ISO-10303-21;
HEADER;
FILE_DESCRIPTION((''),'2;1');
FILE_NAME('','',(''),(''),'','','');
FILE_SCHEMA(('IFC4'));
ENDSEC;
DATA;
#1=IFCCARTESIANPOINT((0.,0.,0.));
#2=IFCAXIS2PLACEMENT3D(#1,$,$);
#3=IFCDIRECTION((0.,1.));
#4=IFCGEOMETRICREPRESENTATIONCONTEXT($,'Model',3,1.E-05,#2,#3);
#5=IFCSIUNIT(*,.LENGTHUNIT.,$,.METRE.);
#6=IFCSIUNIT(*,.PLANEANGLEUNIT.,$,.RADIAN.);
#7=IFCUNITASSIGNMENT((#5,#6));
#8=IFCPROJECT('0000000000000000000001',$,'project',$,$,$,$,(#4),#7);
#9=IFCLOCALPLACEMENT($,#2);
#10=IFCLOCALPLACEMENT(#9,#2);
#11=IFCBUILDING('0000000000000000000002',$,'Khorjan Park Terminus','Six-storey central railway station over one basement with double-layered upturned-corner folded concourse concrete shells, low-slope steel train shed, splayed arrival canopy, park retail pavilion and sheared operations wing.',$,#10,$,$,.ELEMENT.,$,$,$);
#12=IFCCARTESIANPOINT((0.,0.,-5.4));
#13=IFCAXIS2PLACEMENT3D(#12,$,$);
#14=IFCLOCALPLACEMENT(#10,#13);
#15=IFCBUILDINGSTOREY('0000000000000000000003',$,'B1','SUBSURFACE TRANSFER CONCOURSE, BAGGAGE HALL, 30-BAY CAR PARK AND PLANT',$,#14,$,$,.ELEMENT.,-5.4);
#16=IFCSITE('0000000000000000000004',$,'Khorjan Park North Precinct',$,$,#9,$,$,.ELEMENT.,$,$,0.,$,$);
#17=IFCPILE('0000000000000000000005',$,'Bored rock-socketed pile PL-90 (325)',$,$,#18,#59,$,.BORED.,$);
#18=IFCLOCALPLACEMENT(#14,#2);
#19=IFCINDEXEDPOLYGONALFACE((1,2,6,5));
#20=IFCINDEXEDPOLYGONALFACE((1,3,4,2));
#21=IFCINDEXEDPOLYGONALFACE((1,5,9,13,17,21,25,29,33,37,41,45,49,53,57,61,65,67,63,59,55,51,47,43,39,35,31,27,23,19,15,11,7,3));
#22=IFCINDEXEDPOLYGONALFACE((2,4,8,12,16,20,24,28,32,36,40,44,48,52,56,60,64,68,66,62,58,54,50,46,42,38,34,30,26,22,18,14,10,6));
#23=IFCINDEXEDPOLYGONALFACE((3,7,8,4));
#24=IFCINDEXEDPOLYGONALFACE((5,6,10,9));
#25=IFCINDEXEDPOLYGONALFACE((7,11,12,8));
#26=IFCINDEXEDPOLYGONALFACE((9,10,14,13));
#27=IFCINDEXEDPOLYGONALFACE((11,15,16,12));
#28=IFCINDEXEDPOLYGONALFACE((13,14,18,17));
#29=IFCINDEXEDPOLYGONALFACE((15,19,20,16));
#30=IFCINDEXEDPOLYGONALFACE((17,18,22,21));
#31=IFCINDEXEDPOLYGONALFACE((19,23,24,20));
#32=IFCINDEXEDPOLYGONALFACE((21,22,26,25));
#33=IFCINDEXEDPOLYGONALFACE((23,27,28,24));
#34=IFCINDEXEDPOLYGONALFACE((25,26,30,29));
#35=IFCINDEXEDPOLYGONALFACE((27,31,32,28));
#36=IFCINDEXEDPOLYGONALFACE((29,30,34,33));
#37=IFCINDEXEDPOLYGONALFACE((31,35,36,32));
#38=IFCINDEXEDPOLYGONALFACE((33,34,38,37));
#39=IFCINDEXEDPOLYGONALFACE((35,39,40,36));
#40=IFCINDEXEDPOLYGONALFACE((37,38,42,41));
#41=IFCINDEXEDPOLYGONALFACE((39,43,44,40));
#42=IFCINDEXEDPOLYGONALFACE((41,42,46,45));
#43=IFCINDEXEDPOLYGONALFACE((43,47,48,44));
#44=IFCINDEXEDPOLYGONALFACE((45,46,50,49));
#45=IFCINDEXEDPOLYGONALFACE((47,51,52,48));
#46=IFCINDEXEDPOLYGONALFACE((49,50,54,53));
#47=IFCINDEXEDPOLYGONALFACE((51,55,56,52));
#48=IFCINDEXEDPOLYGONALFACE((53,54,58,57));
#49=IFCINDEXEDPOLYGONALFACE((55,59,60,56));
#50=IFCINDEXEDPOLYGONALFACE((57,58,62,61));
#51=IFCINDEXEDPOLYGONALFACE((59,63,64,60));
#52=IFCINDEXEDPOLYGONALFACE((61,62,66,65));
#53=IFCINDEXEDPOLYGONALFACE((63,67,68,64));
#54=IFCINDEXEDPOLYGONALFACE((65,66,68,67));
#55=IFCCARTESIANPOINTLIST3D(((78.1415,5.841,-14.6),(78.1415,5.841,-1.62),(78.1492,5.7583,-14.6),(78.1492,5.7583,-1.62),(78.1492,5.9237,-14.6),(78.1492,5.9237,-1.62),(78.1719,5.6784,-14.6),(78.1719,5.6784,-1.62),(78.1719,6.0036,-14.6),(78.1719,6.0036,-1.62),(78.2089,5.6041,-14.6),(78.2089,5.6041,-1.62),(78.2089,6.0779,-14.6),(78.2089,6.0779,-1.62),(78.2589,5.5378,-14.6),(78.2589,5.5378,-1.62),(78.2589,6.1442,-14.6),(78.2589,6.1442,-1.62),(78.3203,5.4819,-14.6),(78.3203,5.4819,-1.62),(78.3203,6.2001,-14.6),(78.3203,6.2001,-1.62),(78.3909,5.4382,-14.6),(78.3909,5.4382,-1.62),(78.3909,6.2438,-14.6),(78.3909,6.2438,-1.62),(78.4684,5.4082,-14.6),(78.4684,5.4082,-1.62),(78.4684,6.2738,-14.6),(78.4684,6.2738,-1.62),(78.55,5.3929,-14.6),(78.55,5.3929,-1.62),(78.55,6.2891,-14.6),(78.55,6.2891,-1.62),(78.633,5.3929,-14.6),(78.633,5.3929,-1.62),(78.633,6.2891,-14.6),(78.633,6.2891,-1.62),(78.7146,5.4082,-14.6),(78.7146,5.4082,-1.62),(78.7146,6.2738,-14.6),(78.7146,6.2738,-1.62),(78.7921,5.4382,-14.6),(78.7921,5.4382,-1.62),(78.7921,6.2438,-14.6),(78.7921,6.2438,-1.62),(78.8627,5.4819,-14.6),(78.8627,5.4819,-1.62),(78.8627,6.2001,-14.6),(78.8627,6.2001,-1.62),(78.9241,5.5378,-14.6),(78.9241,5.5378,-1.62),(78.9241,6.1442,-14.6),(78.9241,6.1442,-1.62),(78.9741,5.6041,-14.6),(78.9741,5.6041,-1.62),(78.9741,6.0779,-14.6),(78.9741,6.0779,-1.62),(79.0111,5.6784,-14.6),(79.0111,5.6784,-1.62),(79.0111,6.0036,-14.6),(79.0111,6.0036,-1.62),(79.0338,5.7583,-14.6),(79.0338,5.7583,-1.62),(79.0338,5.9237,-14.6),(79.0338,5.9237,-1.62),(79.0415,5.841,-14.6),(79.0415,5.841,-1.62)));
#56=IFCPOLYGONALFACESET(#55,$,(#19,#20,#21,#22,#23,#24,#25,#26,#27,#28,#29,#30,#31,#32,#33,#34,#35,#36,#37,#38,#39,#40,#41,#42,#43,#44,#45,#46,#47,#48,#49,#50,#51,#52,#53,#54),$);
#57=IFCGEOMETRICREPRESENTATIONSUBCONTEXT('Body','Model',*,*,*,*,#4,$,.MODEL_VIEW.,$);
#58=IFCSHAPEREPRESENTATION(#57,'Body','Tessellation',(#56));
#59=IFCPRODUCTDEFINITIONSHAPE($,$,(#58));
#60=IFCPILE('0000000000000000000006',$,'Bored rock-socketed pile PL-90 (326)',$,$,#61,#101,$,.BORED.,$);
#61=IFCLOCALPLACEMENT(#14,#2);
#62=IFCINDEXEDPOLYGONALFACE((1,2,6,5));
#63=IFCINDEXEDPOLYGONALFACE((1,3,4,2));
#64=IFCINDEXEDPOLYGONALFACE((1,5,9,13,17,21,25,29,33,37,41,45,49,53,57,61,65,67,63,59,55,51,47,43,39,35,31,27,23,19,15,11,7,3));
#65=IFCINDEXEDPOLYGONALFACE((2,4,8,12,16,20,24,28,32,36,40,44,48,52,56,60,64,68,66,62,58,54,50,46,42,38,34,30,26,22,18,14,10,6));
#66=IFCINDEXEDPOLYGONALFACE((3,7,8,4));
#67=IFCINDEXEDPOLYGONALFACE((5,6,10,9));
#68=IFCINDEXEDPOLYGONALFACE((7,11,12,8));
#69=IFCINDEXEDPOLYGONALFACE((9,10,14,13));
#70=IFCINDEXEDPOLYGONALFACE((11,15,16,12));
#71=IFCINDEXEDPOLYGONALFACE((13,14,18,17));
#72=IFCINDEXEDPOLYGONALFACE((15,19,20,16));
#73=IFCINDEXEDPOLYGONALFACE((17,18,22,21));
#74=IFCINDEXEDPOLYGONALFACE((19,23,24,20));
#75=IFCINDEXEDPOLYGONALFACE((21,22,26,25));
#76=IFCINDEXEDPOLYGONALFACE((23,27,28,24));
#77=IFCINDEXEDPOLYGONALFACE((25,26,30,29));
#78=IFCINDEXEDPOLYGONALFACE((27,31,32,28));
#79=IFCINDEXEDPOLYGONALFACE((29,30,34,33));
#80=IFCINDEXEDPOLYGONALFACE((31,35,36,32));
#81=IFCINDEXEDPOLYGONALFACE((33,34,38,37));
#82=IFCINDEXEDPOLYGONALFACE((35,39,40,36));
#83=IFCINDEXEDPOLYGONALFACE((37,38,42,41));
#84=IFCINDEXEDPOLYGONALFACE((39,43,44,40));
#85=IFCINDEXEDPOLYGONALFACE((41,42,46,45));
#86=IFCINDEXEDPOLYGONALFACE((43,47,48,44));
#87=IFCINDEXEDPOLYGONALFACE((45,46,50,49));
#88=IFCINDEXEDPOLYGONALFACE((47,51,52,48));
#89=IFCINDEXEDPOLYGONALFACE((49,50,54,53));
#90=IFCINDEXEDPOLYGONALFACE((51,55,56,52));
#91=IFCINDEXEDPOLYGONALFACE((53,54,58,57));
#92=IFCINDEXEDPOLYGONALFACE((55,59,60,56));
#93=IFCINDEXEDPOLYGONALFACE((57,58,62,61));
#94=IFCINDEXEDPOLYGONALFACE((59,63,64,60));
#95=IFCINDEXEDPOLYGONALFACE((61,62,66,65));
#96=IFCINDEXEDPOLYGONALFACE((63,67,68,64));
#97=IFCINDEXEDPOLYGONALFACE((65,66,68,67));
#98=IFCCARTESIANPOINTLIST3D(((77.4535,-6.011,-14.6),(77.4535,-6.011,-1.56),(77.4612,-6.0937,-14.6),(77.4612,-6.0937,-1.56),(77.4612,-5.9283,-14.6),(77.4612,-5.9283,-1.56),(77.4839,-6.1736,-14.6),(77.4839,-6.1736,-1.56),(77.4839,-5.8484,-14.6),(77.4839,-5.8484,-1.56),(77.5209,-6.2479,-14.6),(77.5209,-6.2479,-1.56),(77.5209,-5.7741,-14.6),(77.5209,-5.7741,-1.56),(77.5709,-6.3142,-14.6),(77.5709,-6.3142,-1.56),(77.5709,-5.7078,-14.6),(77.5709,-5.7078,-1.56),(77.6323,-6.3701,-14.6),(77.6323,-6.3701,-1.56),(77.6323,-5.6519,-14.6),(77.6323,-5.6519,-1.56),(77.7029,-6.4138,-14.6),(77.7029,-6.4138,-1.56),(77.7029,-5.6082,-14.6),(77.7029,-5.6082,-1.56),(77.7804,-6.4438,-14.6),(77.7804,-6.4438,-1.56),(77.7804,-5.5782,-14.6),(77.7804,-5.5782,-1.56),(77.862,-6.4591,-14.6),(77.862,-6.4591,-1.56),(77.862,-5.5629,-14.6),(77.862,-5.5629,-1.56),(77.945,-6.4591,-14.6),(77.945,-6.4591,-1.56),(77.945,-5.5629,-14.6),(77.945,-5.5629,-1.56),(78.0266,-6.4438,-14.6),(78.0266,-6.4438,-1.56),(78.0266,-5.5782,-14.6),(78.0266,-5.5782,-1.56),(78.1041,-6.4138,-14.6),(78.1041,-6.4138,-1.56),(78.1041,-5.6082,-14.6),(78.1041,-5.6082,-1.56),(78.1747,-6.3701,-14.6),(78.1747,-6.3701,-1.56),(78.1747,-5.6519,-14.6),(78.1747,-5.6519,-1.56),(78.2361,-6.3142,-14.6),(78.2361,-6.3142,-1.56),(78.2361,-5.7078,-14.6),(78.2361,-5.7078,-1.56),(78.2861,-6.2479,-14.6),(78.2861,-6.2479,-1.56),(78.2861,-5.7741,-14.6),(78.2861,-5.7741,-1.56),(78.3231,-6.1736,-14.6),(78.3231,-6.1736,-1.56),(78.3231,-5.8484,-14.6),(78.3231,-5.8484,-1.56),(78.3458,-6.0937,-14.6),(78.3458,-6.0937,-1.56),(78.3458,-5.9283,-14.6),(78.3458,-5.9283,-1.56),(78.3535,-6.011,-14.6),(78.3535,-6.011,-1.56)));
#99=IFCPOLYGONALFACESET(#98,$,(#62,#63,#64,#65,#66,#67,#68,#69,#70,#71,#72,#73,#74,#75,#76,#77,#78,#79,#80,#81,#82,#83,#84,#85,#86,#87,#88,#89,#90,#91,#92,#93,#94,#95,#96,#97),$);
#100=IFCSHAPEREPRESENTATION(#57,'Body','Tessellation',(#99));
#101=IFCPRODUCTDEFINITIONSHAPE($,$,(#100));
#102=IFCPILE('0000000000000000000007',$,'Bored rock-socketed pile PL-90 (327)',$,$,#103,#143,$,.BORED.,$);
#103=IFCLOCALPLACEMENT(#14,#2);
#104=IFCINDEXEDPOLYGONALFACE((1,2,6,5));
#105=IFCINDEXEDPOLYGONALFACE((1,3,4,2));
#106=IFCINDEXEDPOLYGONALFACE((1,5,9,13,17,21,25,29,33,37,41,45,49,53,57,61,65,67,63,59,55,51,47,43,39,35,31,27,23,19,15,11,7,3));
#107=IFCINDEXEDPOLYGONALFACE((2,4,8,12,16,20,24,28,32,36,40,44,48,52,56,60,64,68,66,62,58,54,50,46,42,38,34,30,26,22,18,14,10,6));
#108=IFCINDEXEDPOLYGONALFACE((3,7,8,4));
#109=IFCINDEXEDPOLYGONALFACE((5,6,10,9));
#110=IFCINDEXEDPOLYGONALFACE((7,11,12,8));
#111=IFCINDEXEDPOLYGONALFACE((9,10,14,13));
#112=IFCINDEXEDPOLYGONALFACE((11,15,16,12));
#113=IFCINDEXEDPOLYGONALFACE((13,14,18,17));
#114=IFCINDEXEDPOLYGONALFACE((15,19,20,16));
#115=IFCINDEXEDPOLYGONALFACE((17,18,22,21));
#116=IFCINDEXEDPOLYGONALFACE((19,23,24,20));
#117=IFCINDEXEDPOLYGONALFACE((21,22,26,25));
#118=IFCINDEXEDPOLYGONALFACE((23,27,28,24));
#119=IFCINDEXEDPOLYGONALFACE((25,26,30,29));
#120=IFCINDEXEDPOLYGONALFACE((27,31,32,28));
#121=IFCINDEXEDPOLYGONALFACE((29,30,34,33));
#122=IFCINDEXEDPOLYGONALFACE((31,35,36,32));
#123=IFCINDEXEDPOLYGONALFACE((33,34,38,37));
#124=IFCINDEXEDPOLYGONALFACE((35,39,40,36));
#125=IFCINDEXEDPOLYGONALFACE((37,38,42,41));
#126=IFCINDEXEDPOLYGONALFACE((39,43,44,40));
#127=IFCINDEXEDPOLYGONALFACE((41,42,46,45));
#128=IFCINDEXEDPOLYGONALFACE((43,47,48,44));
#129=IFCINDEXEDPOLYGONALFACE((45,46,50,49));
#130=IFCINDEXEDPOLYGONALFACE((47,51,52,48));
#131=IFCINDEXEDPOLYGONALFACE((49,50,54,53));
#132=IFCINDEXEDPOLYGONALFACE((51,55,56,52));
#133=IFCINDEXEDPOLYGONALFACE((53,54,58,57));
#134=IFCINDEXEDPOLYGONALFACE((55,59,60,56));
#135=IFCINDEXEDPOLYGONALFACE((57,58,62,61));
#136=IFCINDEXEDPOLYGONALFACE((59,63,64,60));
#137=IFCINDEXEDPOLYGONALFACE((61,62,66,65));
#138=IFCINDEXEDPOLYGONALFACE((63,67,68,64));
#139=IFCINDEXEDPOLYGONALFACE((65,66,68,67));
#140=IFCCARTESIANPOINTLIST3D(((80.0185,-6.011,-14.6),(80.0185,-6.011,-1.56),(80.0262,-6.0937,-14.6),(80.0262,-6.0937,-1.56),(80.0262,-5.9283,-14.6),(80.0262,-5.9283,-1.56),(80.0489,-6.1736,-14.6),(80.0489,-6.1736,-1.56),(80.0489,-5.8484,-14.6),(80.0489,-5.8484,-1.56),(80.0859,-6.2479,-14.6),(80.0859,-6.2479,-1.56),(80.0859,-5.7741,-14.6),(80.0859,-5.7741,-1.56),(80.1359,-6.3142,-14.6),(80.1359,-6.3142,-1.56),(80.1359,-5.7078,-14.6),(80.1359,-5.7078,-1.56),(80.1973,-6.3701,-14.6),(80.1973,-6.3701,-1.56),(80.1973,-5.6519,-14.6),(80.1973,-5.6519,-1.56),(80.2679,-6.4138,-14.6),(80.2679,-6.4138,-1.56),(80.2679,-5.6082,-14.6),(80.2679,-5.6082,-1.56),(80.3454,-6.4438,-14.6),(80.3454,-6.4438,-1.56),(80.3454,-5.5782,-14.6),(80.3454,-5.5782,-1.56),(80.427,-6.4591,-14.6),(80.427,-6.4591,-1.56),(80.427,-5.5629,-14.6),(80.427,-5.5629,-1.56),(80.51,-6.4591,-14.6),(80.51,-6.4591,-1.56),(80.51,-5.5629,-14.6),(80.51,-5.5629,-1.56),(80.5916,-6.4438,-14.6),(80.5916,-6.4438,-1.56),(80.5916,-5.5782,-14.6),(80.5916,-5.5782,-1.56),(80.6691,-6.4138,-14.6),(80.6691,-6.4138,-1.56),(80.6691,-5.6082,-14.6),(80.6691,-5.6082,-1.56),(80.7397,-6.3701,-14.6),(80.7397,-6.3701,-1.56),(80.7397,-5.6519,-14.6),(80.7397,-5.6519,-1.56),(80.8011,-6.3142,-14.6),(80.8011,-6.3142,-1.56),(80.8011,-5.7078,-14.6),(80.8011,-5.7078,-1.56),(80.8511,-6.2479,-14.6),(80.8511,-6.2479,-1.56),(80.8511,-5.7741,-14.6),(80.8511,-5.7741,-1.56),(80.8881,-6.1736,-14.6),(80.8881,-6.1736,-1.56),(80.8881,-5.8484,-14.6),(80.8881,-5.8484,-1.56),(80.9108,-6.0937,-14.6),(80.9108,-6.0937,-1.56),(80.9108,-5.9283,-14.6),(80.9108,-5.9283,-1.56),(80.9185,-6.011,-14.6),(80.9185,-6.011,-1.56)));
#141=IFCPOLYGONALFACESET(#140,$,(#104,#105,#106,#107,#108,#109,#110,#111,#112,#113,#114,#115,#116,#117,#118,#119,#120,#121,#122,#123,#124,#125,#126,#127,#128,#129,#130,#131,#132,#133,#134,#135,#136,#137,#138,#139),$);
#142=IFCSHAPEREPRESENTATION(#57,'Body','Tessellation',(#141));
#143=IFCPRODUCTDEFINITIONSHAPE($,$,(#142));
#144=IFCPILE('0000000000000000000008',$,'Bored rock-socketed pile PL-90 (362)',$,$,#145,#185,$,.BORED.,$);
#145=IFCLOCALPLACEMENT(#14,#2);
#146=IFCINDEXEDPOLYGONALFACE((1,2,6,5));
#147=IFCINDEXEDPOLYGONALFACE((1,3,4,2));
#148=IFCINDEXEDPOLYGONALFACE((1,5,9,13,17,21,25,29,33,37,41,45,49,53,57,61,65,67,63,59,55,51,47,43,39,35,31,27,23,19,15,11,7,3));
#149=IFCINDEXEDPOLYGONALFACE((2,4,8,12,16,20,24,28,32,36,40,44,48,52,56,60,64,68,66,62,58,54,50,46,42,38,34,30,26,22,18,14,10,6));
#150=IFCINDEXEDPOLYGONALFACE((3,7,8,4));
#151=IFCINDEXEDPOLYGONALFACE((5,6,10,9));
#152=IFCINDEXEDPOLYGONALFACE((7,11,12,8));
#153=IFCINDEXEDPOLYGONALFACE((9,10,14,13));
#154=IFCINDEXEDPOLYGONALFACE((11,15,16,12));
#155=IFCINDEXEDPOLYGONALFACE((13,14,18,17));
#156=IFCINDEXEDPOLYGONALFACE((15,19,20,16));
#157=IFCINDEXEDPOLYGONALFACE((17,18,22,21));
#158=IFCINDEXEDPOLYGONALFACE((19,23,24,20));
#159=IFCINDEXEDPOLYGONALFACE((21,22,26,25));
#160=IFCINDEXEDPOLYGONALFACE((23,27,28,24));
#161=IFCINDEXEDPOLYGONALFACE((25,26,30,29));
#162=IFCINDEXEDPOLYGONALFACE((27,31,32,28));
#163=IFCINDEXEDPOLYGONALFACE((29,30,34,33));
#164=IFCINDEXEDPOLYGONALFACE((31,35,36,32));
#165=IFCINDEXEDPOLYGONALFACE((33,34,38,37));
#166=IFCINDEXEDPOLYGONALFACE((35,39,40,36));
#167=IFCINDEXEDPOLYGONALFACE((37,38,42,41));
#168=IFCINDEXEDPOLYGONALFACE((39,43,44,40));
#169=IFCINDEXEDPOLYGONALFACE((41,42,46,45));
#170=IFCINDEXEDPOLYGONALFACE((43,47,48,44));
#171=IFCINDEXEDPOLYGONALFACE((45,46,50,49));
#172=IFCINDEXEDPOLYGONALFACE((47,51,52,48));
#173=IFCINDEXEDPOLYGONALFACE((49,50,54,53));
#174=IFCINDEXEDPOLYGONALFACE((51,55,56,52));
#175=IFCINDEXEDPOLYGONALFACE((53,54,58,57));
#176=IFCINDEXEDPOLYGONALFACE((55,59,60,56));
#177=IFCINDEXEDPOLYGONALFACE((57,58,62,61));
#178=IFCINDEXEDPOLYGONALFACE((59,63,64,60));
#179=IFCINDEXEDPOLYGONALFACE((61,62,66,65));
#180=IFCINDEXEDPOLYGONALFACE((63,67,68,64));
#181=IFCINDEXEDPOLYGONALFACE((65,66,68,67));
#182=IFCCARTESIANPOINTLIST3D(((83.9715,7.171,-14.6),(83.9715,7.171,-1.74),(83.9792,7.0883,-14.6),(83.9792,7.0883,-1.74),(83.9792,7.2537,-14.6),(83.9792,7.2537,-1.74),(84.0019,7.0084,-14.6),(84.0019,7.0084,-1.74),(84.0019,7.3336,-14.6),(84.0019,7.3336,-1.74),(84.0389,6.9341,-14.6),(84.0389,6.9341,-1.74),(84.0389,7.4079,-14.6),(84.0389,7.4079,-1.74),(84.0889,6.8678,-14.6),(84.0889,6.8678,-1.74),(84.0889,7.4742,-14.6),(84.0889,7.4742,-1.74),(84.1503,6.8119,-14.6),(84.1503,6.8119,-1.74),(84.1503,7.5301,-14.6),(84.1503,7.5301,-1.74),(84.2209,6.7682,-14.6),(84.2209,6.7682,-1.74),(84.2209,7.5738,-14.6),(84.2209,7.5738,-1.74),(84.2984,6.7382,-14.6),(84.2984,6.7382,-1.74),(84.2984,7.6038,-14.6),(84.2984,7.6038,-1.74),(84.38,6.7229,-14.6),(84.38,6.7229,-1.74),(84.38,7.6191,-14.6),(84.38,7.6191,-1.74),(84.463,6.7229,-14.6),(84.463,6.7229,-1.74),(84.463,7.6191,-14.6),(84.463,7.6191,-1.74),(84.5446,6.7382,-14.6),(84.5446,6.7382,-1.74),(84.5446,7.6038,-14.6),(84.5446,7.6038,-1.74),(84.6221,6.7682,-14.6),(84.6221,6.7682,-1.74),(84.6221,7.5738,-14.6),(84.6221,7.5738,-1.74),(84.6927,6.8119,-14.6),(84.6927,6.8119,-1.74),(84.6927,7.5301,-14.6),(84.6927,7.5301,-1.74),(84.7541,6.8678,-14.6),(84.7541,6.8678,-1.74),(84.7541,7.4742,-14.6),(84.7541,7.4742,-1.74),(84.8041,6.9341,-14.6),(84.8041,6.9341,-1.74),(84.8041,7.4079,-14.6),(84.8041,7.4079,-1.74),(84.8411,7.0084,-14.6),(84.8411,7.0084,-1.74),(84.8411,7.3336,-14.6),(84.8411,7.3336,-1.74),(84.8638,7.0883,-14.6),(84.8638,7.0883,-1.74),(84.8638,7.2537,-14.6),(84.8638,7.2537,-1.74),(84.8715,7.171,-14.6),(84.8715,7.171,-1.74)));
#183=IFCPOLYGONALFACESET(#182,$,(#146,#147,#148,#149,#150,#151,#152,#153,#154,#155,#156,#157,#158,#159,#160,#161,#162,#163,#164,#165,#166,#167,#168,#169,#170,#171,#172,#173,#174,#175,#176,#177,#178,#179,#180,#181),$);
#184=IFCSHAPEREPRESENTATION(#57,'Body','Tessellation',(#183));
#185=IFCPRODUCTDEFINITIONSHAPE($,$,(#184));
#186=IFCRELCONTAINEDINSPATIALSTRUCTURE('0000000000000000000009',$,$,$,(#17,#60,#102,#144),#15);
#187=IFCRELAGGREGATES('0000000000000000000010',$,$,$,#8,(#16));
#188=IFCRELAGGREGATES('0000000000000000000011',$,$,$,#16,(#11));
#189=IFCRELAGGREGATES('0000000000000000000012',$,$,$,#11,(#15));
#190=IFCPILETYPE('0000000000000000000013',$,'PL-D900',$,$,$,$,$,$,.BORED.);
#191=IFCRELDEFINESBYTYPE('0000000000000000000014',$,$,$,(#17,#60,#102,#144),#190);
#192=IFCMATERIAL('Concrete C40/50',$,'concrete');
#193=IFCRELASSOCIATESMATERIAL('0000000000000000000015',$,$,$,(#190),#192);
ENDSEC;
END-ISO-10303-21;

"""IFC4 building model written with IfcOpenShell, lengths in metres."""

from ifc_helpers import new_model, si_unit, direction, frame, origin, origin_2d, place, context, subcontext, project, spatial, circle, extrude, material, material_profile, profile_set, type_object, element, save


model = new_model("IFC4")

# Units and contexts
model_context = context("Model", 3, precision=1e-05, world=origin(), true_north=direction((0.0, 1.0)))
body_context = subcontext(model_context, "Body", "Model", "MODEL_VIEW")
ifc_project = project(units=[si_unit("LENGTHUNIT", "METRE"), si_unit("PLANEANGLEUNIT", "RADIAN")], contexts=[model_context])

# Site, building, storey
site_placement = place(None, origin())
site = spatial("IfcSite", under=ifc_project, at=site_placement, Name="Khorjan Park North Precinct", CompositionType="ELEMENT", RefElevation=0.0)
building_placement = place(site_placement, origin())
building = spatial("IfcBuilding", under=site, at=building_placement, Name="Khorjan Park Terminus", Description="Six-storey central railway station over one basement with double-layered upturned-corner folded concourse concrete shells, low-slope steel train shed, splayed arrival canopy, park retail pavilion and sheared operations wing.", CompositionType="ELEMENT")
storey_placement = place(building_placement, frame((0.0, 0.0, -5.4)))
storey = spatial("IfcBuildingStorey", under=building, at=storey_placement, Name="B1", Description="SUBSURFACE TRANSFER CONCOURSE, BAGGAGE HALL, 30-BAY CAR PARK AND PLANT", CompositionType="ELEMENT", Elevation=-5.4)

# Shared definitions
ifc_material_1 = material(Name="Concrete C40/50", Category="concrete")

# Piles
ifc_material_profile_1 = material_profile(ifc_material_1, circle(Radius=0.45, at=origin_2d()), Name="BORED D900")
ifc_profile_set_1 = profile_set([ifc_material_profile_1], Name="Concrete C40/50")
pile_type_1 = type_object("IfcPileType", Name="PL-D900", PredefinedType="BORED", material=ifc_profile_set_1)
for number, where, z_axis, x_axis, name in (
    (1, (78.5915, 5.841, -1.62), (0.0, 0.0, -1.0), (1.0, 0.0, 0.0), "Bored rock-socketed pile PL-90 (325)"),
):
    element("IfcPile", number, at=place(storey_placement, frame(where, z_axis=z_axis, x_axis=x_axis)), inside=storey, type_object=pile_type_1, Name=name, PredefinedType="BORED", context=body_context, shape_type="SweptSolid", body=[
        extrude(circle(Radius=0.45, at=origin_2d()), origin(), (0.0, 0.0, 1.0), 12.98),
    ])
for number, where, z_axis, x_axis, name in (
    (2, (77.9035, -6.011, -1.56), (0.0, 0.0, -1.0), (1.0, 0.0, 0.0), "Bored rock-socketed pile PL-90 (326)"),
    (3, (80.4685, -6.011, -1.56), (0.0, 0.0, -1.0), (1.0, 0.0, 0.0), "Bored rock-socketed pile PL-90 (327)"),
):
    element("IfcPile", number, at=place(storey_placement, frame(where, z_axis=z_axis, x_axis=x_axis)), inside=storey, type_object=pile_type_1, Name=name, PredefinedType="BORED", context=body_context, shape_type="SweptSolid", body=[
        extrude(circle(Radius=0.45, at=origin_2d()), origin(), (0.0, 0.0, 1.0), 13.04),
    ])
for number, where, z_axis, x_axis, name in (
    (4, (84.4215, 7.171, -1.74), (0.0, 0.0, -1.0), (1.0, 0.0, 0.0), "Bored rock-socketed pile PL-90 (362)"),
):
    element("IfcPile", number, at=place(storey_placement, frame(where, z_axis=z_axis, x_axis=x_axis)), inside=storey, type_object=pile_type_1, Name=name, PredefinedType="BORED", context=body_context, shape_type="SweptSolid", body=[
        extrude(circle(Radius=0.45, at=origin_2d()), origin(), (0.0, 0.0, 1.0), 12.86),
    ])

save(model, "model.ifc")
